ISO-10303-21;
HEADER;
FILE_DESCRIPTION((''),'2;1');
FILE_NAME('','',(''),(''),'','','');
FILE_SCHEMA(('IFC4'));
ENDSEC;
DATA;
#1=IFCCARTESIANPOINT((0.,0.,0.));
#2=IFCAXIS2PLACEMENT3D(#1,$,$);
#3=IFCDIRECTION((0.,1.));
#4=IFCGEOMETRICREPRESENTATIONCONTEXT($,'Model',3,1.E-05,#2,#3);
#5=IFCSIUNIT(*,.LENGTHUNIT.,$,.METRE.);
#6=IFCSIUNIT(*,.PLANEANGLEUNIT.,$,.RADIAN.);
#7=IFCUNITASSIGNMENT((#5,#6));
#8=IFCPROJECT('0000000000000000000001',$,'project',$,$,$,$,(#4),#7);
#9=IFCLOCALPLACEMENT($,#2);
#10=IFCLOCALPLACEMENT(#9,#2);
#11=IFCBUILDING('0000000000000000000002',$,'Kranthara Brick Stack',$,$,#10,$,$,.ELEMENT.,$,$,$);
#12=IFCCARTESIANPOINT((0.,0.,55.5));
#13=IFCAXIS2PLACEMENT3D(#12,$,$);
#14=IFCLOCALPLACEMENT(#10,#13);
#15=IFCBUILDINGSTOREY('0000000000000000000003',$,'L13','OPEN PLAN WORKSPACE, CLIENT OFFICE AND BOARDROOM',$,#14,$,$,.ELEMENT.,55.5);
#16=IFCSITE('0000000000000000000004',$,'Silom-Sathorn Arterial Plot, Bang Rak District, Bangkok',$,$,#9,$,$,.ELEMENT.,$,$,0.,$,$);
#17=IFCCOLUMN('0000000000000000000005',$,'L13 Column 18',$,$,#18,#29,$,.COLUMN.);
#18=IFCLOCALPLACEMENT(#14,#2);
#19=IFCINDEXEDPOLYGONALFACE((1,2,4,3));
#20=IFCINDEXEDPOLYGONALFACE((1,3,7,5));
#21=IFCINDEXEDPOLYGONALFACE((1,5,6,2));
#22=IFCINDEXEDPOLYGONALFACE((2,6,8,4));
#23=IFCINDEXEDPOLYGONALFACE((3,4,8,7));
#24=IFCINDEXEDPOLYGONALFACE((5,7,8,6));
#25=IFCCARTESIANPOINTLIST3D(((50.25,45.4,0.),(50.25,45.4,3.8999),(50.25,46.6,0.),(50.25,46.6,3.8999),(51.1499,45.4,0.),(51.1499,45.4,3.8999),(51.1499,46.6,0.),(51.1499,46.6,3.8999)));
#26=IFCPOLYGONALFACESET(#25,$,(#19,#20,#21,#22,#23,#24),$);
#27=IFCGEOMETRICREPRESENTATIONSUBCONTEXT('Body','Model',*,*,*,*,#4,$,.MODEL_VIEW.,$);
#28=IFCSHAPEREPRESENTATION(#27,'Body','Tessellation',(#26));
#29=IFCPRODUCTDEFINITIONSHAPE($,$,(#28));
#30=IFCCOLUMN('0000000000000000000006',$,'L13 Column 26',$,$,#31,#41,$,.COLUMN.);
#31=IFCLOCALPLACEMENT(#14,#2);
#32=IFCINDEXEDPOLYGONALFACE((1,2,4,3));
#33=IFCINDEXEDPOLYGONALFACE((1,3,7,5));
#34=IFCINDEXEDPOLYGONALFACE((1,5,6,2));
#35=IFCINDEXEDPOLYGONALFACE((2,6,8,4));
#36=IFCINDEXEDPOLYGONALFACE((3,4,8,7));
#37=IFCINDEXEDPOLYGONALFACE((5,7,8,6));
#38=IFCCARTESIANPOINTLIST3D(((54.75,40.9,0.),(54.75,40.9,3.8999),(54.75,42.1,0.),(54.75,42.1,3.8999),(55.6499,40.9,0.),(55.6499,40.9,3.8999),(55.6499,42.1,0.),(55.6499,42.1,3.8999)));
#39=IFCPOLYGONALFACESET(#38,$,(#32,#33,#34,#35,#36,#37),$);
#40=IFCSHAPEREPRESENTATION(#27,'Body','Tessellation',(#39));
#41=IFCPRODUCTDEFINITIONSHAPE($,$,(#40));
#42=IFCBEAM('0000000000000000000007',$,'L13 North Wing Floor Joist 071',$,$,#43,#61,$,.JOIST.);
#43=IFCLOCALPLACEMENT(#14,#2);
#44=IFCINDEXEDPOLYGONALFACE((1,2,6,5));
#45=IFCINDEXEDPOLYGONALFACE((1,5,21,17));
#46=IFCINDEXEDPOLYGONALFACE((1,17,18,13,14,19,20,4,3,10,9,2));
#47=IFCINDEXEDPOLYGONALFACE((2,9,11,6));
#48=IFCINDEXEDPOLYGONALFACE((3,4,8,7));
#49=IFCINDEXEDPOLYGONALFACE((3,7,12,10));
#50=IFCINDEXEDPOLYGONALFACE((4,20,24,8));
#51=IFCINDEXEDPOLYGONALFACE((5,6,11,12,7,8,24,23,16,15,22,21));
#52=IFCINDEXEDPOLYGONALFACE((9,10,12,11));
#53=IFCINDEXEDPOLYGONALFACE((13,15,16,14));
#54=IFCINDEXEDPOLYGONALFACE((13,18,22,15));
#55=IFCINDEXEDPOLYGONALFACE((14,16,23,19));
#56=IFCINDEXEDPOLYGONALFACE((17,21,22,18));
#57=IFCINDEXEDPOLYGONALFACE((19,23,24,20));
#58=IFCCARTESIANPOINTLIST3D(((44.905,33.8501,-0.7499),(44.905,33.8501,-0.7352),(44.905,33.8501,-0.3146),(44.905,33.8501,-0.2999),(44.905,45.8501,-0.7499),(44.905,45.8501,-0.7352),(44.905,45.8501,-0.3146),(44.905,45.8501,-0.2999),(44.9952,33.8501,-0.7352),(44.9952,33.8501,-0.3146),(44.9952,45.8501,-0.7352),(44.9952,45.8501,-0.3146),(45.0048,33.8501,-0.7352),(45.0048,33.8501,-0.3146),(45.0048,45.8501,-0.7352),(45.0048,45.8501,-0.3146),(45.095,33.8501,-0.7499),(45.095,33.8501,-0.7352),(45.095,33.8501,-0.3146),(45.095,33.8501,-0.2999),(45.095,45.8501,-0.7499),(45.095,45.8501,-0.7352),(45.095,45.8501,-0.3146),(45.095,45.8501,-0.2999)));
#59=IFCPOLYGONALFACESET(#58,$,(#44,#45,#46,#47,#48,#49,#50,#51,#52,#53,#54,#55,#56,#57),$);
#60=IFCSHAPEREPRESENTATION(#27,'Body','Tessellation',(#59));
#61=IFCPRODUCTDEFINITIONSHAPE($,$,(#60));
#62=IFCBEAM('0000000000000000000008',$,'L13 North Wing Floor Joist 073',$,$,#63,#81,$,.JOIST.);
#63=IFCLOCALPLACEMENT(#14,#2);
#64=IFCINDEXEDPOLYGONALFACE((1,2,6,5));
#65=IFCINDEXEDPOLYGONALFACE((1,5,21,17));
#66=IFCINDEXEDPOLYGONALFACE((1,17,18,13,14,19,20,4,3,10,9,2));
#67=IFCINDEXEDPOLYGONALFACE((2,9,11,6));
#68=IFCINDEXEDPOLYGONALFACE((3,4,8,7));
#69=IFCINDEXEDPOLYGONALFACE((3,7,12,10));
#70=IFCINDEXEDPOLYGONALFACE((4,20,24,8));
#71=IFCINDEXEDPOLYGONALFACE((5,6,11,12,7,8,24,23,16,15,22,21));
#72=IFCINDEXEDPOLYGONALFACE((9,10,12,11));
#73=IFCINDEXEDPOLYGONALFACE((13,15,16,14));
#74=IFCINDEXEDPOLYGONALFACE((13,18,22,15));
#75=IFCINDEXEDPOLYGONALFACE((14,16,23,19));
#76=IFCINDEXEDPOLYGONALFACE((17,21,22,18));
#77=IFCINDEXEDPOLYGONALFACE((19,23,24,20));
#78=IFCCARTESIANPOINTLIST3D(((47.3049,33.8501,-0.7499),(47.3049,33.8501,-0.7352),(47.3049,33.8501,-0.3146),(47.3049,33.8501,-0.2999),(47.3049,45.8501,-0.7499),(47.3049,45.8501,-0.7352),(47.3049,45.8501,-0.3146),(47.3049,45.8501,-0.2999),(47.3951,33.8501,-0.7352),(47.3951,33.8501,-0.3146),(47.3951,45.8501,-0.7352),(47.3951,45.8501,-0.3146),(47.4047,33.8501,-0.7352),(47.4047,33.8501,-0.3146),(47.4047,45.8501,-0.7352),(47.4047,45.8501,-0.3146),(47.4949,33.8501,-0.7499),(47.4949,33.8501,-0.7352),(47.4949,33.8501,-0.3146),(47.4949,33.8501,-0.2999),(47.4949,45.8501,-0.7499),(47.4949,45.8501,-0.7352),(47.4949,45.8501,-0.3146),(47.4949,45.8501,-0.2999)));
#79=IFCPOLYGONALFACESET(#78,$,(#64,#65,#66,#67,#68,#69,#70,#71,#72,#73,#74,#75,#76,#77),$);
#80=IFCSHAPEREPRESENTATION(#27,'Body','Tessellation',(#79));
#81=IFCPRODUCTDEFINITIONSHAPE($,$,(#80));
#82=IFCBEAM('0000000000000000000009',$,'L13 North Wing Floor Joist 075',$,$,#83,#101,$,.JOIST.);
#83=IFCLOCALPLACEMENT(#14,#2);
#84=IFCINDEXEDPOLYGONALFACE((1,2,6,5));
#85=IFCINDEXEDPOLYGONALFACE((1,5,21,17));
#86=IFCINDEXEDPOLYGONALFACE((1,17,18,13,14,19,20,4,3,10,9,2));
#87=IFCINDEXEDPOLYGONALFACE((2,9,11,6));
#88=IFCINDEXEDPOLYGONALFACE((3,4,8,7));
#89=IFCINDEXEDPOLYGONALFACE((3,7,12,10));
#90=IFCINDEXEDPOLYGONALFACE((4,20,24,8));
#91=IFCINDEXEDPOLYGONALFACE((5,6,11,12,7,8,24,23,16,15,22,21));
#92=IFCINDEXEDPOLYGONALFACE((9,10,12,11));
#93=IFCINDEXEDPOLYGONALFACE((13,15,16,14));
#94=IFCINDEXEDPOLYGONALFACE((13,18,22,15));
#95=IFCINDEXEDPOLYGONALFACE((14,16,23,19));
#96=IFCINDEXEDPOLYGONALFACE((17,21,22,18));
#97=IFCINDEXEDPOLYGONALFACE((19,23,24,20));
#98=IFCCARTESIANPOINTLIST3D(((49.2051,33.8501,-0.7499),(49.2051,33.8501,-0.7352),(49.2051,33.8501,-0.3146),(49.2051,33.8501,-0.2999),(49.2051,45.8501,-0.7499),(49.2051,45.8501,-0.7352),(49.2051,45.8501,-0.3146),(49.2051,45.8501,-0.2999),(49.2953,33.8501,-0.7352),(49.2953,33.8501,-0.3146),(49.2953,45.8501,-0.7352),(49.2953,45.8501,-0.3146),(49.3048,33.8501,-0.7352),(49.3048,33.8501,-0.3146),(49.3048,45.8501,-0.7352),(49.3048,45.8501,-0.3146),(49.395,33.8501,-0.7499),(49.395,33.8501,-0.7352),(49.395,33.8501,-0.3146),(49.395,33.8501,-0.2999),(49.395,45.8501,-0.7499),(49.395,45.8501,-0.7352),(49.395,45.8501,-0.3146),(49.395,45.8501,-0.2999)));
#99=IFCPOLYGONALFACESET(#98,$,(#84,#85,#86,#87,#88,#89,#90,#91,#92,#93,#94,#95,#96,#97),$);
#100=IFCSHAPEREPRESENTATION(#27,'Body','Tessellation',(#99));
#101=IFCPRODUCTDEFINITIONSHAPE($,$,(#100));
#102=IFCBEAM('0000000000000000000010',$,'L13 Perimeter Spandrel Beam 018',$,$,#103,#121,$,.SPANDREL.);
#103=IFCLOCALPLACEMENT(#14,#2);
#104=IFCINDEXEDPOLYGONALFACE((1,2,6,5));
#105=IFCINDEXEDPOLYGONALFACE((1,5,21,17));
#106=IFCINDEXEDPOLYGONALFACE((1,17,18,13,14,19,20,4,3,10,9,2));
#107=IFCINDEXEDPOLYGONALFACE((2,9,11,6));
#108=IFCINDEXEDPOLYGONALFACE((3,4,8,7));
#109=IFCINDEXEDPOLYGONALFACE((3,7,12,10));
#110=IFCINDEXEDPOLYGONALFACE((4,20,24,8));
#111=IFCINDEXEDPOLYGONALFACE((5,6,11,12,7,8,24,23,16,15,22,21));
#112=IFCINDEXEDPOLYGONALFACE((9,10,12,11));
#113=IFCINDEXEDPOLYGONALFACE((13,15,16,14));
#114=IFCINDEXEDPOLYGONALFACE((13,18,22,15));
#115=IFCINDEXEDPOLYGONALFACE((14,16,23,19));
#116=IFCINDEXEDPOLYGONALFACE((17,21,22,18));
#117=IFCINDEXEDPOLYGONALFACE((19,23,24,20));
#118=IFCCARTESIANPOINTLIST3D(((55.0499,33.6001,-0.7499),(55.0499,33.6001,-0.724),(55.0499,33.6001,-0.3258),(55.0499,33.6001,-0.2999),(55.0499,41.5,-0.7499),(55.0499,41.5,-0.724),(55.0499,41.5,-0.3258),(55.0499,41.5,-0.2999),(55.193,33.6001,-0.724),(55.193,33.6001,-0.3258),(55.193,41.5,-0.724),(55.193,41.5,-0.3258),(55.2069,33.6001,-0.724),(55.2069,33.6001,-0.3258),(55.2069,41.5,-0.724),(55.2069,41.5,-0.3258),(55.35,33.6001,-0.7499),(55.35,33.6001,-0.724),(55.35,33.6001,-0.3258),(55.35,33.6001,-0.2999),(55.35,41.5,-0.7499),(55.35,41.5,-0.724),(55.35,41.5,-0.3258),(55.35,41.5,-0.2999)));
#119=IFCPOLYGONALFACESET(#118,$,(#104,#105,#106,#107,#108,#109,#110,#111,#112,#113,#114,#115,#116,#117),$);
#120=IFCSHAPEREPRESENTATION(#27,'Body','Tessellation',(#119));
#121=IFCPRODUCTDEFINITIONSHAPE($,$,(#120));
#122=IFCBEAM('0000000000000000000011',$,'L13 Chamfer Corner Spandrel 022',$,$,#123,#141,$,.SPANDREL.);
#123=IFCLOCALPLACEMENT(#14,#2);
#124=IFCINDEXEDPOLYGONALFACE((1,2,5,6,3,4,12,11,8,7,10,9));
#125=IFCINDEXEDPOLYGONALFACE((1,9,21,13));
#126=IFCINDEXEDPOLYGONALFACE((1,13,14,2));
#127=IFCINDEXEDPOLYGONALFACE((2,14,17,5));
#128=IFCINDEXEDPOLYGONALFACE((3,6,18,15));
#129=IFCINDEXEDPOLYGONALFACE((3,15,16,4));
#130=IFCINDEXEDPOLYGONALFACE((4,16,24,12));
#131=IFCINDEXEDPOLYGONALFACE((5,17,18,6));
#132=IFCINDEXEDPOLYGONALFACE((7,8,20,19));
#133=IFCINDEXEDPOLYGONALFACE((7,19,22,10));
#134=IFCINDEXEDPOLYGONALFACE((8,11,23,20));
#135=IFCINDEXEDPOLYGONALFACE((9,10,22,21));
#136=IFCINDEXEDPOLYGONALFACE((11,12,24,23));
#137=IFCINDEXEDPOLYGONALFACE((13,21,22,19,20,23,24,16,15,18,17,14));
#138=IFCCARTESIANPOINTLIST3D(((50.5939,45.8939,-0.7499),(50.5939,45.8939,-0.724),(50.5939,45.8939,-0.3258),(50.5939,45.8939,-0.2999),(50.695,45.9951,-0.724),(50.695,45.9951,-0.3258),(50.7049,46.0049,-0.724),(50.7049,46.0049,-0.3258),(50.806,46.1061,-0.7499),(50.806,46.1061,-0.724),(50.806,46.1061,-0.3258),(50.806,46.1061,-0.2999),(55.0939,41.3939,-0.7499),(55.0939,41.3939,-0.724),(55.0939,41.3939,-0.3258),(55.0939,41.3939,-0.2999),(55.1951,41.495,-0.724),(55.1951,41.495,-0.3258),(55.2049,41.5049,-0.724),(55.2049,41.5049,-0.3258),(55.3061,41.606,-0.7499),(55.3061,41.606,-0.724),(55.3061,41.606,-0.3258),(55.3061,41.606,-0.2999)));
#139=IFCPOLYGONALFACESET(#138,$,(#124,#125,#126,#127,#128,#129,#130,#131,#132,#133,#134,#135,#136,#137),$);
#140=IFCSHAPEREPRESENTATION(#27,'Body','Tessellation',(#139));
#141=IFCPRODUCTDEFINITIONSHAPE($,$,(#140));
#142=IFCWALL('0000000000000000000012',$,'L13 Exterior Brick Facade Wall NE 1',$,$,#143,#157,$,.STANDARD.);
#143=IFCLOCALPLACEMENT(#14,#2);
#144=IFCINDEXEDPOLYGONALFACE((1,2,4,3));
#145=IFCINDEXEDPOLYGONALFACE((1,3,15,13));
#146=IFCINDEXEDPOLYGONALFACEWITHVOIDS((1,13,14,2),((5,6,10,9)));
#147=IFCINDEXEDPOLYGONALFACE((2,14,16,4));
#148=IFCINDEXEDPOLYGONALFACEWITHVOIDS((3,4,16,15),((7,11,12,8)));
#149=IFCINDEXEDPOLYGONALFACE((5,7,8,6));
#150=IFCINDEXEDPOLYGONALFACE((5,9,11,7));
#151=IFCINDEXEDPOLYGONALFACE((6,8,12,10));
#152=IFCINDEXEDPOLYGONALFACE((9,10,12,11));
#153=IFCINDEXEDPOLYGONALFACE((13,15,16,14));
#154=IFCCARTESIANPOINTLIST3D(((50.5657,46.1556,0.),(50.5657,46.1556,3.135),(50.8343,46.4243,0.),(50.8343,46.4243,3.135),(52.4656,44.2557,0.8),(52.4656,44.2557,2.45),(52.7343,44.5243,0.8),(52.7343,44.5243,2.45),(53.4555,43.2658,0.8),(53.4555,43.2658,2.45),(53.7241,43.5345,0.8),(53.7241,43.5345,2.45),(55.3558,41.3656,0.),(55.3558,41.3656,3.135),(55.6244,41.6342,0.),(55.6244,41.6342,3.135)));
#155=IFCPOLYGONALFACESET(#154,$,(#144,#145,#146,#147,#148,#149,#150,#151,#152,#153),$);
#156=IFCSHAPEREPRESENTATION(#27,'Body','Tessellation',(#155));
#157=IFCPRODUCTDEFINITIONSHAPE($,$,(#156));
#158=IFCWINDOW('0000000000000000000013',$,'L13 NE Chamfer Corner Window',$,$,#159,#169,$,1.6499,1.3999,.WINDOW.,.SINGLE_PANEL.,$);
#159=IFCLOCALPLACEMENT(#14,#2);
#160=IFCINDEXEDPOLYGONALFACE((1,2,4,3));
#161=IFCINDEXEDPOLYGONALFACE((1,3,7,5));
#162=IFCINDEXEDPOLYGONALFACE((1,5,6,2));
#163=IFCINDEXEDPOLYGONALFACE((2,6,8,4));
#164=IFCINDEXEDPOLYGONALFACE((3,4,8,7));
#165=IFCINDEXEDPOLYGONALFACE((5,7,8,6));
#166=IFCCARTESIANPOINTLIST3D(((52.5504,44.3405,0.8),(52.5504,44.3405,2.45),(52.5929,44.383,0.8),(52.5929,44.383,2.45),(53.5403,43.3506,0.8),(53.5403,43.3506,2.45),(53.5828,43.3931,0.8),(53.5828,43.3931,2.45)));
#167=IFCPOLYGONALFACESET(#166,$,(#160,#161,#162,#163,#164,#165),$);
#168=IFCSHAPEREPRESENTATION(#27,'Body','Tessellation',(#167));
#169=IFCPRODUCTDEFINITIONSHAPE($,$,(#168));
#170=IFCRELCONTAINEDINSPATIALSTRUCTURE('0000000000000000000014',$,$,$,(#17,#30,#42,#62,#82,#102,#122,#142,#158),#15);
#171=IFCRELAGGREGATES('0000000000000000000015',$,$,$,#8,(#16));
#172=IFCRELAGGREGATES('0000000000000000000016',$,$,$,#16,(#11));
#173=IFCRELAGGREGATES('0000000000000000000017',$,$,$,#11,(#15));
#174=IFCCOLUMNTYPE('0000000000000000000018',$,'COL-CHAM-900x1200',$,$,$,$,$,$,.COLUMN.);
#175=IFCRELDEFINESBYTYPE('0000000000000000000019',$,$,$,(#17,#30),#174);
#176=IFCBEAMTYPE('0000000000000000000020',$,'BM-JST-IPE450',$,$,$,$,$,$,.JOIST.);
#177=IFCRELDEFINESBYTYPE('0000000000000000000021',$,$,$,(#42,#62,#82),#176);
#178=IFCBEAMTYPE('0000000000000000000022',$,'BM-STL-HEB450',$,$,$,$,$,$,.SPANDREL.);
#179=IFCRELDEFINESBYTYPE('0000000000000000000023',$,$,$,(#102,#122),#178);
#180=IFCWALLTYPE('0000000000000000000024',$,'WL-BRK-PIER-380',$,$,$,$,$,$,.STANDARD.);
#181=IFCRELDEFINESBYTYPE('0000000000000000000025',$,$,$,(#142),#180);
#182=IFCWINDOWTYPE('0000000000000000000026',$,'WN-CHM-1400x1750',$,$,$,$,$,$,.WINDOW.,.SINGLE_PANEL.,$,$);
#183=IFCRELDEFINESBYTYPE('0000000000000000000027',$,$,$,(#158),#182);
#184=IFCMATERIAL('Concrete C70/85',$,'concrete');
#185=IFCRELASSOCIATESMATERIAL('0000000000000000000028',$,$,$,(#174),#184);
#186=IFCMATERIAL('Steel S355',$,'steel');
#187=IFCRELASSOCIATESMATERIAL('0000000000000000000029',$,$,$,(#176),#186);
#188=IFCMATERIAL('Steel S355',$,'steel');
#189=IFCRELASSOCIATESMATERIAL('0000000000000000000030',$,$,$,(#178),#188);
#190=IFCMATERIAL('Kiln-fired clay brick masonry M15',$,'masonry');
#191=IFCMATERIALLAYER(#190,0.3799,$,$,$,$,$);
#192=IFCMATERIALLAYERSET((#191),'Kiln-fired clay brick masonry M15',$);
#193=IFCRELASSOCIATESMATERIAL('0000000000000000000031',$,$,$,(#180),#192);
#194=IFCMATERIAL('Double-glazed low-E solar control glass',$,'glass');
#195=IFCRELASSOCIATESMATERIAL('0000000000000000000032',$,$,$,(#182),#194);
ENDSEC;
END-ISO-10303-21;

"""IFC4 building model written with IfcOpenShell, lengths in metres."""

from ifc_helpers import new_model, si_unit, direction, frame, frame_2d, origin, origin_2d, place, context, subcontext, project, spatial, rectangle, i_section, extrude, material, layer, layer_set, material_profile, profile_set, type_object, element, fill, save


model = new_model("IFC4")

# Units and contexts
model_context = context("Model", 3, precision=1e-05, world=origin(), true_north=direction((0.0, 1.0)))
body_context = subcontext(model_context, "Body", "Model", "MODEL_VIEW")
ifc_project = project(units=[si_unit("LENGTHUNIT", "METRE"), si_unit("PLANEANGLEUNIT", "RADIAN")], contexts=[model_context])

# Site, building, storey
site_placement = place(None, origin())
site = spatial("IfcSite", under=ifc_project, at=site_placement, Name="Silom-Sathorn Arterial Plot, Bang Rak District, Bangkok", CompositionType="ELEMENT", RefElevation=0.0)
building_placement = place(site_placement, origin())
building = spatial("IfcBuilding", under=site, at=building_placement, Name="Kranthara Brick Stack", CompositionType="ELEMENT")
storey_placement = place(building_placement, frame((0.0, 0.0, 55.5)))
storey = spatial("IfcBuildingStorey", under=building, at=storey_placement, Name="L13", Description="OPEN PLAN WORKSPACE, CLIENT OFFICE AND BOARDROOM", CompositionType="ELEMENT", Elevation=55.5)

# Columns
ifc_material_1 = material(Name="Concrete C70/85", Category="concrete")
ifc_material_profile_1 = material_profile(ifc_material_1, rectangle(XDim=0.8999, YDim=1.2, at=origin_2d()), Name="RC 900x1200")
ifc_profile_set_1 = profile_set([ifc_material_profile_1], Name="Concrete C70/85")
column_type = type_object("IfcColumnType", Name="COL-CHAM-900x1200", PredefinedType="COLUMN", material=ifc_profile_set_1)
for number, where, z_axis, x_axis, name in (
    (1, (50.7, 46.0, 0.0), (0.0, 0.0, 1.0), (1.0, 0.0, 0.0), "L13 Column 18"),
    (2, (55.2, 41.5, 0.0), (0.0, 0.0, 1.0), (1.0, 0.0, 0.0), "L13 Column 26"),
):
    element("IfcColumn", number, at=place(storey_placement, frame(where, z_axis=z_axis, x_axis=x_axis)), inside=storey, type_object=column_type, Name=name, PredefinedType="COLUMN", context=body_context, shape_type="SweptSolid", body=[
        extrude(rectangle(XDim=0.8999, YDim=1.2, at=origin_2d()), origin(), (0.0, 0.0, 1.0), 3.8999),
    ])

# Beams
ifc_material_2 = material(Name="Steel S355", Category="steel")
ifc_material_profile_2 = material_profile(ifc_material_2, i_section(OverallWidth=0.1899, OverallDepth=0.45, WebThickness=0.0095, FlangeThickness=0.0146, at=origin_2d()), Name="IPE 450")
ifc_profile_set_2 = profile_set([ifc_material_profile_2], Name="Steel S355")
beam_type_1 = type_object("IfcBeamType", Name="BM-JST-IPE450", PredefinedType="JOIST", material=ifc_profile_set_2)
for number, where, z_axis, x_axis, name in (
    (3, (45.0, 33.8501, -0.5249), (0.0, 1.0, 0.0), (-1.0, 0.0, 0.0), "L13 North Wing Floor Joist 071"),
    (4, (47.3999, 33.8501, -0.5249), (0.0, 1.0, 0.0), (-1.0, 0.0, 0.0), "L13 North Wing Floor Joist 073"),
    (5, (49.3, 33.8501, -0.5249), (0.0, 1.0, 0.0), (-1.0, 0.0, 0.0), "L13 North Wing Floor Joist 075"),
):
    element("IfcBeam", number, at=place(storey_placement, frame(where, z_axis=z_axis, x_axis=x_axis)), inside=storey, type_object=beam_type_1, Name=name, PredefinedType="JOIST", context=body_context, shape_type="SweptSolid", body=[
        extrude(i_section(OverallWidth=0.1899, OverallDepth=0.45, WebThickness=0.0095, FlangeThickness=0.0146, at=origin_2d()), origin(), (0.0, 0.0, 1.0), 12.0),
    ])
ifc_material_3 = material(Name="Steel S355", Category="steel")
ifc_material_profile_3 = material_profile(ifc_material_3, i_section(OverallWidth=0.3, OverallDepth=0.45, WebThickness=0.0139, FlangeThickness=0.0259, at=origin_2d()), Name="HEB 450")
ifc_profile_set_3 = profile_set([ifc_material_profile_3], Name="Steel S355")
beam_type_2 = type_object("IfcBeamType", Name="BM-STL-HEB450", PredefinedType="SPANDREL", material=ifc_profile_set_3)
beam_1_placement = place(storey_placement, frame((55.2, 33.6001, -0.5249), z_axis=(0.0, 1.0, 0.0), x_axis=(-1.0, 0.0, 0.0)))
element("IfcBeam", 6, at=beam_1_placement, inside=storey, type_object=beam_type_2, Name="L13 Perimeter Spandrel Beam 018", PredefinedType="SPANDREL", context=body_context, shape_type="SweptSolid", body=[
    extrude(i_section(OverallWidth=0.3, OverallDepth=0.45, WebThickness=0.0139, FlangeThickness=0.0259, at=origin_2d()), origin(), (0.0, 0.0, 1.0), 7.8999),
])
beam_2_placement = place(storey_placement, frame((50.7, 46.0, -0.5249), z_axis=(0.707107, -0.707107, 0.0), x_axis=(0.707107, 0.707107, 0.0)))
element("IfcBeam", 7, at=beam_2_placement, inside=storey, type_object=beam_type_2, Name="L13 Chamfer Corner Spandrel 022", PredefinedType="SPANDREL", context=body_context, shape_type="SweptSolid", body=[
    extrude(i_section(OverallWidth=0.3, OverallDepth=0.45, WebThickness=0.0139, FlangeThickness=0.0259, at=origin_2d()), origin(), (0.0, 0.0, 1.0), 6.364),
])

# Wall, opening, window
ifc_material_4 = material(Name="Kiln-fired clay brick masonry M15", Category="masonry")
ifc_layer_1 = layer(ifc_material_4, 0.3799)
ifc_layer_set_1 = layer_set([ifc_layer_1], Name="Kiln-fired clay brick masonry M15")
wall_type_1 = type_object("IfcWallType", Name="WL-BRK-PIER-380", PredefinedType="STANDARD", material=ifc_layer_set_1)
wall_1_placement = place(storey_placement, frame((50.7, 46.29, 0.0), z_axis=(0.0, 0.0, 1.0), x_axis=(0.707107, -0.707107, 0.0)))
wall_1 = element("IfcWall", 8, at=wall_1_placement, inside=storey, type_object=wall_type_1, Name="L13 Exterior Brick Facade Wall NE 1", PredefinedType="STANDARD", context=body_context, shape_type="SweptSolid", body=[
    extrude(rectangle(XDim=6.7742, YDim=0.3799, at=frame_2d((3.3872, 0.0))), origin(), (0.0, 0.0, 1.0), 3.135),
])
opening_1_placement = place(wall_1_placement, frame((2.687, 0.0, 0.8)))
opening_1 = element("IfcOpeningElement", 9, at=opening_1_placement, cuts=wall_1, PredefinedType="OPENING", context=body_context, shape_type="SweptSolid", body=[
    extrude(rectangle(XDim=1.3999, YDim=1.6499, at=frame_2d((0.7, 0.825))), frame((0.0, 0.2, 0.0), z_axis=(0.0, -1.0, 0.0), x_axis=(1.0, 0.0, 0.0)), (0.0, 0.0, 1.0), 0.3999),
])
ifc_material_5 = material(Name="Double-glazed low-E solar control glass", Category="glass")
window_type_1 = type_object("IfcWindowType", Name="WN-CHM-1400x1750", PartitioningType="SINGLE_PANEL", PredefinedType="WINDOW", material=ifc_material_5)
window_1_placement = place(opening_1_placement, origin())
window_1 = element("IfcWindow", 10, at=window_1_placement, inside=storey, type_object=window_type_1, Name="L13 NE Chamfer Corner Window", OverallHeight=1.6499, OverallWidth=1.3999, PartitioningType="SINGLE_PANEL", PredefinedType="WINDOW", context=body_context, shape_type="SweptSolid", body=[
    extrude(rectangle(XDim=1.3999, YDim=1.6499, at=frame_2d((0.7, 0.825))), frame((0.0, -0.01, 0.0), z_axis=(0.0, -1.0, 0.0), x_axis=(1.0, 0.0, 0.0)), (0.0, 0.0, 1.0), 0.0601),
])
fill(opening_1, window_1)

save(model, "model.ifc")
